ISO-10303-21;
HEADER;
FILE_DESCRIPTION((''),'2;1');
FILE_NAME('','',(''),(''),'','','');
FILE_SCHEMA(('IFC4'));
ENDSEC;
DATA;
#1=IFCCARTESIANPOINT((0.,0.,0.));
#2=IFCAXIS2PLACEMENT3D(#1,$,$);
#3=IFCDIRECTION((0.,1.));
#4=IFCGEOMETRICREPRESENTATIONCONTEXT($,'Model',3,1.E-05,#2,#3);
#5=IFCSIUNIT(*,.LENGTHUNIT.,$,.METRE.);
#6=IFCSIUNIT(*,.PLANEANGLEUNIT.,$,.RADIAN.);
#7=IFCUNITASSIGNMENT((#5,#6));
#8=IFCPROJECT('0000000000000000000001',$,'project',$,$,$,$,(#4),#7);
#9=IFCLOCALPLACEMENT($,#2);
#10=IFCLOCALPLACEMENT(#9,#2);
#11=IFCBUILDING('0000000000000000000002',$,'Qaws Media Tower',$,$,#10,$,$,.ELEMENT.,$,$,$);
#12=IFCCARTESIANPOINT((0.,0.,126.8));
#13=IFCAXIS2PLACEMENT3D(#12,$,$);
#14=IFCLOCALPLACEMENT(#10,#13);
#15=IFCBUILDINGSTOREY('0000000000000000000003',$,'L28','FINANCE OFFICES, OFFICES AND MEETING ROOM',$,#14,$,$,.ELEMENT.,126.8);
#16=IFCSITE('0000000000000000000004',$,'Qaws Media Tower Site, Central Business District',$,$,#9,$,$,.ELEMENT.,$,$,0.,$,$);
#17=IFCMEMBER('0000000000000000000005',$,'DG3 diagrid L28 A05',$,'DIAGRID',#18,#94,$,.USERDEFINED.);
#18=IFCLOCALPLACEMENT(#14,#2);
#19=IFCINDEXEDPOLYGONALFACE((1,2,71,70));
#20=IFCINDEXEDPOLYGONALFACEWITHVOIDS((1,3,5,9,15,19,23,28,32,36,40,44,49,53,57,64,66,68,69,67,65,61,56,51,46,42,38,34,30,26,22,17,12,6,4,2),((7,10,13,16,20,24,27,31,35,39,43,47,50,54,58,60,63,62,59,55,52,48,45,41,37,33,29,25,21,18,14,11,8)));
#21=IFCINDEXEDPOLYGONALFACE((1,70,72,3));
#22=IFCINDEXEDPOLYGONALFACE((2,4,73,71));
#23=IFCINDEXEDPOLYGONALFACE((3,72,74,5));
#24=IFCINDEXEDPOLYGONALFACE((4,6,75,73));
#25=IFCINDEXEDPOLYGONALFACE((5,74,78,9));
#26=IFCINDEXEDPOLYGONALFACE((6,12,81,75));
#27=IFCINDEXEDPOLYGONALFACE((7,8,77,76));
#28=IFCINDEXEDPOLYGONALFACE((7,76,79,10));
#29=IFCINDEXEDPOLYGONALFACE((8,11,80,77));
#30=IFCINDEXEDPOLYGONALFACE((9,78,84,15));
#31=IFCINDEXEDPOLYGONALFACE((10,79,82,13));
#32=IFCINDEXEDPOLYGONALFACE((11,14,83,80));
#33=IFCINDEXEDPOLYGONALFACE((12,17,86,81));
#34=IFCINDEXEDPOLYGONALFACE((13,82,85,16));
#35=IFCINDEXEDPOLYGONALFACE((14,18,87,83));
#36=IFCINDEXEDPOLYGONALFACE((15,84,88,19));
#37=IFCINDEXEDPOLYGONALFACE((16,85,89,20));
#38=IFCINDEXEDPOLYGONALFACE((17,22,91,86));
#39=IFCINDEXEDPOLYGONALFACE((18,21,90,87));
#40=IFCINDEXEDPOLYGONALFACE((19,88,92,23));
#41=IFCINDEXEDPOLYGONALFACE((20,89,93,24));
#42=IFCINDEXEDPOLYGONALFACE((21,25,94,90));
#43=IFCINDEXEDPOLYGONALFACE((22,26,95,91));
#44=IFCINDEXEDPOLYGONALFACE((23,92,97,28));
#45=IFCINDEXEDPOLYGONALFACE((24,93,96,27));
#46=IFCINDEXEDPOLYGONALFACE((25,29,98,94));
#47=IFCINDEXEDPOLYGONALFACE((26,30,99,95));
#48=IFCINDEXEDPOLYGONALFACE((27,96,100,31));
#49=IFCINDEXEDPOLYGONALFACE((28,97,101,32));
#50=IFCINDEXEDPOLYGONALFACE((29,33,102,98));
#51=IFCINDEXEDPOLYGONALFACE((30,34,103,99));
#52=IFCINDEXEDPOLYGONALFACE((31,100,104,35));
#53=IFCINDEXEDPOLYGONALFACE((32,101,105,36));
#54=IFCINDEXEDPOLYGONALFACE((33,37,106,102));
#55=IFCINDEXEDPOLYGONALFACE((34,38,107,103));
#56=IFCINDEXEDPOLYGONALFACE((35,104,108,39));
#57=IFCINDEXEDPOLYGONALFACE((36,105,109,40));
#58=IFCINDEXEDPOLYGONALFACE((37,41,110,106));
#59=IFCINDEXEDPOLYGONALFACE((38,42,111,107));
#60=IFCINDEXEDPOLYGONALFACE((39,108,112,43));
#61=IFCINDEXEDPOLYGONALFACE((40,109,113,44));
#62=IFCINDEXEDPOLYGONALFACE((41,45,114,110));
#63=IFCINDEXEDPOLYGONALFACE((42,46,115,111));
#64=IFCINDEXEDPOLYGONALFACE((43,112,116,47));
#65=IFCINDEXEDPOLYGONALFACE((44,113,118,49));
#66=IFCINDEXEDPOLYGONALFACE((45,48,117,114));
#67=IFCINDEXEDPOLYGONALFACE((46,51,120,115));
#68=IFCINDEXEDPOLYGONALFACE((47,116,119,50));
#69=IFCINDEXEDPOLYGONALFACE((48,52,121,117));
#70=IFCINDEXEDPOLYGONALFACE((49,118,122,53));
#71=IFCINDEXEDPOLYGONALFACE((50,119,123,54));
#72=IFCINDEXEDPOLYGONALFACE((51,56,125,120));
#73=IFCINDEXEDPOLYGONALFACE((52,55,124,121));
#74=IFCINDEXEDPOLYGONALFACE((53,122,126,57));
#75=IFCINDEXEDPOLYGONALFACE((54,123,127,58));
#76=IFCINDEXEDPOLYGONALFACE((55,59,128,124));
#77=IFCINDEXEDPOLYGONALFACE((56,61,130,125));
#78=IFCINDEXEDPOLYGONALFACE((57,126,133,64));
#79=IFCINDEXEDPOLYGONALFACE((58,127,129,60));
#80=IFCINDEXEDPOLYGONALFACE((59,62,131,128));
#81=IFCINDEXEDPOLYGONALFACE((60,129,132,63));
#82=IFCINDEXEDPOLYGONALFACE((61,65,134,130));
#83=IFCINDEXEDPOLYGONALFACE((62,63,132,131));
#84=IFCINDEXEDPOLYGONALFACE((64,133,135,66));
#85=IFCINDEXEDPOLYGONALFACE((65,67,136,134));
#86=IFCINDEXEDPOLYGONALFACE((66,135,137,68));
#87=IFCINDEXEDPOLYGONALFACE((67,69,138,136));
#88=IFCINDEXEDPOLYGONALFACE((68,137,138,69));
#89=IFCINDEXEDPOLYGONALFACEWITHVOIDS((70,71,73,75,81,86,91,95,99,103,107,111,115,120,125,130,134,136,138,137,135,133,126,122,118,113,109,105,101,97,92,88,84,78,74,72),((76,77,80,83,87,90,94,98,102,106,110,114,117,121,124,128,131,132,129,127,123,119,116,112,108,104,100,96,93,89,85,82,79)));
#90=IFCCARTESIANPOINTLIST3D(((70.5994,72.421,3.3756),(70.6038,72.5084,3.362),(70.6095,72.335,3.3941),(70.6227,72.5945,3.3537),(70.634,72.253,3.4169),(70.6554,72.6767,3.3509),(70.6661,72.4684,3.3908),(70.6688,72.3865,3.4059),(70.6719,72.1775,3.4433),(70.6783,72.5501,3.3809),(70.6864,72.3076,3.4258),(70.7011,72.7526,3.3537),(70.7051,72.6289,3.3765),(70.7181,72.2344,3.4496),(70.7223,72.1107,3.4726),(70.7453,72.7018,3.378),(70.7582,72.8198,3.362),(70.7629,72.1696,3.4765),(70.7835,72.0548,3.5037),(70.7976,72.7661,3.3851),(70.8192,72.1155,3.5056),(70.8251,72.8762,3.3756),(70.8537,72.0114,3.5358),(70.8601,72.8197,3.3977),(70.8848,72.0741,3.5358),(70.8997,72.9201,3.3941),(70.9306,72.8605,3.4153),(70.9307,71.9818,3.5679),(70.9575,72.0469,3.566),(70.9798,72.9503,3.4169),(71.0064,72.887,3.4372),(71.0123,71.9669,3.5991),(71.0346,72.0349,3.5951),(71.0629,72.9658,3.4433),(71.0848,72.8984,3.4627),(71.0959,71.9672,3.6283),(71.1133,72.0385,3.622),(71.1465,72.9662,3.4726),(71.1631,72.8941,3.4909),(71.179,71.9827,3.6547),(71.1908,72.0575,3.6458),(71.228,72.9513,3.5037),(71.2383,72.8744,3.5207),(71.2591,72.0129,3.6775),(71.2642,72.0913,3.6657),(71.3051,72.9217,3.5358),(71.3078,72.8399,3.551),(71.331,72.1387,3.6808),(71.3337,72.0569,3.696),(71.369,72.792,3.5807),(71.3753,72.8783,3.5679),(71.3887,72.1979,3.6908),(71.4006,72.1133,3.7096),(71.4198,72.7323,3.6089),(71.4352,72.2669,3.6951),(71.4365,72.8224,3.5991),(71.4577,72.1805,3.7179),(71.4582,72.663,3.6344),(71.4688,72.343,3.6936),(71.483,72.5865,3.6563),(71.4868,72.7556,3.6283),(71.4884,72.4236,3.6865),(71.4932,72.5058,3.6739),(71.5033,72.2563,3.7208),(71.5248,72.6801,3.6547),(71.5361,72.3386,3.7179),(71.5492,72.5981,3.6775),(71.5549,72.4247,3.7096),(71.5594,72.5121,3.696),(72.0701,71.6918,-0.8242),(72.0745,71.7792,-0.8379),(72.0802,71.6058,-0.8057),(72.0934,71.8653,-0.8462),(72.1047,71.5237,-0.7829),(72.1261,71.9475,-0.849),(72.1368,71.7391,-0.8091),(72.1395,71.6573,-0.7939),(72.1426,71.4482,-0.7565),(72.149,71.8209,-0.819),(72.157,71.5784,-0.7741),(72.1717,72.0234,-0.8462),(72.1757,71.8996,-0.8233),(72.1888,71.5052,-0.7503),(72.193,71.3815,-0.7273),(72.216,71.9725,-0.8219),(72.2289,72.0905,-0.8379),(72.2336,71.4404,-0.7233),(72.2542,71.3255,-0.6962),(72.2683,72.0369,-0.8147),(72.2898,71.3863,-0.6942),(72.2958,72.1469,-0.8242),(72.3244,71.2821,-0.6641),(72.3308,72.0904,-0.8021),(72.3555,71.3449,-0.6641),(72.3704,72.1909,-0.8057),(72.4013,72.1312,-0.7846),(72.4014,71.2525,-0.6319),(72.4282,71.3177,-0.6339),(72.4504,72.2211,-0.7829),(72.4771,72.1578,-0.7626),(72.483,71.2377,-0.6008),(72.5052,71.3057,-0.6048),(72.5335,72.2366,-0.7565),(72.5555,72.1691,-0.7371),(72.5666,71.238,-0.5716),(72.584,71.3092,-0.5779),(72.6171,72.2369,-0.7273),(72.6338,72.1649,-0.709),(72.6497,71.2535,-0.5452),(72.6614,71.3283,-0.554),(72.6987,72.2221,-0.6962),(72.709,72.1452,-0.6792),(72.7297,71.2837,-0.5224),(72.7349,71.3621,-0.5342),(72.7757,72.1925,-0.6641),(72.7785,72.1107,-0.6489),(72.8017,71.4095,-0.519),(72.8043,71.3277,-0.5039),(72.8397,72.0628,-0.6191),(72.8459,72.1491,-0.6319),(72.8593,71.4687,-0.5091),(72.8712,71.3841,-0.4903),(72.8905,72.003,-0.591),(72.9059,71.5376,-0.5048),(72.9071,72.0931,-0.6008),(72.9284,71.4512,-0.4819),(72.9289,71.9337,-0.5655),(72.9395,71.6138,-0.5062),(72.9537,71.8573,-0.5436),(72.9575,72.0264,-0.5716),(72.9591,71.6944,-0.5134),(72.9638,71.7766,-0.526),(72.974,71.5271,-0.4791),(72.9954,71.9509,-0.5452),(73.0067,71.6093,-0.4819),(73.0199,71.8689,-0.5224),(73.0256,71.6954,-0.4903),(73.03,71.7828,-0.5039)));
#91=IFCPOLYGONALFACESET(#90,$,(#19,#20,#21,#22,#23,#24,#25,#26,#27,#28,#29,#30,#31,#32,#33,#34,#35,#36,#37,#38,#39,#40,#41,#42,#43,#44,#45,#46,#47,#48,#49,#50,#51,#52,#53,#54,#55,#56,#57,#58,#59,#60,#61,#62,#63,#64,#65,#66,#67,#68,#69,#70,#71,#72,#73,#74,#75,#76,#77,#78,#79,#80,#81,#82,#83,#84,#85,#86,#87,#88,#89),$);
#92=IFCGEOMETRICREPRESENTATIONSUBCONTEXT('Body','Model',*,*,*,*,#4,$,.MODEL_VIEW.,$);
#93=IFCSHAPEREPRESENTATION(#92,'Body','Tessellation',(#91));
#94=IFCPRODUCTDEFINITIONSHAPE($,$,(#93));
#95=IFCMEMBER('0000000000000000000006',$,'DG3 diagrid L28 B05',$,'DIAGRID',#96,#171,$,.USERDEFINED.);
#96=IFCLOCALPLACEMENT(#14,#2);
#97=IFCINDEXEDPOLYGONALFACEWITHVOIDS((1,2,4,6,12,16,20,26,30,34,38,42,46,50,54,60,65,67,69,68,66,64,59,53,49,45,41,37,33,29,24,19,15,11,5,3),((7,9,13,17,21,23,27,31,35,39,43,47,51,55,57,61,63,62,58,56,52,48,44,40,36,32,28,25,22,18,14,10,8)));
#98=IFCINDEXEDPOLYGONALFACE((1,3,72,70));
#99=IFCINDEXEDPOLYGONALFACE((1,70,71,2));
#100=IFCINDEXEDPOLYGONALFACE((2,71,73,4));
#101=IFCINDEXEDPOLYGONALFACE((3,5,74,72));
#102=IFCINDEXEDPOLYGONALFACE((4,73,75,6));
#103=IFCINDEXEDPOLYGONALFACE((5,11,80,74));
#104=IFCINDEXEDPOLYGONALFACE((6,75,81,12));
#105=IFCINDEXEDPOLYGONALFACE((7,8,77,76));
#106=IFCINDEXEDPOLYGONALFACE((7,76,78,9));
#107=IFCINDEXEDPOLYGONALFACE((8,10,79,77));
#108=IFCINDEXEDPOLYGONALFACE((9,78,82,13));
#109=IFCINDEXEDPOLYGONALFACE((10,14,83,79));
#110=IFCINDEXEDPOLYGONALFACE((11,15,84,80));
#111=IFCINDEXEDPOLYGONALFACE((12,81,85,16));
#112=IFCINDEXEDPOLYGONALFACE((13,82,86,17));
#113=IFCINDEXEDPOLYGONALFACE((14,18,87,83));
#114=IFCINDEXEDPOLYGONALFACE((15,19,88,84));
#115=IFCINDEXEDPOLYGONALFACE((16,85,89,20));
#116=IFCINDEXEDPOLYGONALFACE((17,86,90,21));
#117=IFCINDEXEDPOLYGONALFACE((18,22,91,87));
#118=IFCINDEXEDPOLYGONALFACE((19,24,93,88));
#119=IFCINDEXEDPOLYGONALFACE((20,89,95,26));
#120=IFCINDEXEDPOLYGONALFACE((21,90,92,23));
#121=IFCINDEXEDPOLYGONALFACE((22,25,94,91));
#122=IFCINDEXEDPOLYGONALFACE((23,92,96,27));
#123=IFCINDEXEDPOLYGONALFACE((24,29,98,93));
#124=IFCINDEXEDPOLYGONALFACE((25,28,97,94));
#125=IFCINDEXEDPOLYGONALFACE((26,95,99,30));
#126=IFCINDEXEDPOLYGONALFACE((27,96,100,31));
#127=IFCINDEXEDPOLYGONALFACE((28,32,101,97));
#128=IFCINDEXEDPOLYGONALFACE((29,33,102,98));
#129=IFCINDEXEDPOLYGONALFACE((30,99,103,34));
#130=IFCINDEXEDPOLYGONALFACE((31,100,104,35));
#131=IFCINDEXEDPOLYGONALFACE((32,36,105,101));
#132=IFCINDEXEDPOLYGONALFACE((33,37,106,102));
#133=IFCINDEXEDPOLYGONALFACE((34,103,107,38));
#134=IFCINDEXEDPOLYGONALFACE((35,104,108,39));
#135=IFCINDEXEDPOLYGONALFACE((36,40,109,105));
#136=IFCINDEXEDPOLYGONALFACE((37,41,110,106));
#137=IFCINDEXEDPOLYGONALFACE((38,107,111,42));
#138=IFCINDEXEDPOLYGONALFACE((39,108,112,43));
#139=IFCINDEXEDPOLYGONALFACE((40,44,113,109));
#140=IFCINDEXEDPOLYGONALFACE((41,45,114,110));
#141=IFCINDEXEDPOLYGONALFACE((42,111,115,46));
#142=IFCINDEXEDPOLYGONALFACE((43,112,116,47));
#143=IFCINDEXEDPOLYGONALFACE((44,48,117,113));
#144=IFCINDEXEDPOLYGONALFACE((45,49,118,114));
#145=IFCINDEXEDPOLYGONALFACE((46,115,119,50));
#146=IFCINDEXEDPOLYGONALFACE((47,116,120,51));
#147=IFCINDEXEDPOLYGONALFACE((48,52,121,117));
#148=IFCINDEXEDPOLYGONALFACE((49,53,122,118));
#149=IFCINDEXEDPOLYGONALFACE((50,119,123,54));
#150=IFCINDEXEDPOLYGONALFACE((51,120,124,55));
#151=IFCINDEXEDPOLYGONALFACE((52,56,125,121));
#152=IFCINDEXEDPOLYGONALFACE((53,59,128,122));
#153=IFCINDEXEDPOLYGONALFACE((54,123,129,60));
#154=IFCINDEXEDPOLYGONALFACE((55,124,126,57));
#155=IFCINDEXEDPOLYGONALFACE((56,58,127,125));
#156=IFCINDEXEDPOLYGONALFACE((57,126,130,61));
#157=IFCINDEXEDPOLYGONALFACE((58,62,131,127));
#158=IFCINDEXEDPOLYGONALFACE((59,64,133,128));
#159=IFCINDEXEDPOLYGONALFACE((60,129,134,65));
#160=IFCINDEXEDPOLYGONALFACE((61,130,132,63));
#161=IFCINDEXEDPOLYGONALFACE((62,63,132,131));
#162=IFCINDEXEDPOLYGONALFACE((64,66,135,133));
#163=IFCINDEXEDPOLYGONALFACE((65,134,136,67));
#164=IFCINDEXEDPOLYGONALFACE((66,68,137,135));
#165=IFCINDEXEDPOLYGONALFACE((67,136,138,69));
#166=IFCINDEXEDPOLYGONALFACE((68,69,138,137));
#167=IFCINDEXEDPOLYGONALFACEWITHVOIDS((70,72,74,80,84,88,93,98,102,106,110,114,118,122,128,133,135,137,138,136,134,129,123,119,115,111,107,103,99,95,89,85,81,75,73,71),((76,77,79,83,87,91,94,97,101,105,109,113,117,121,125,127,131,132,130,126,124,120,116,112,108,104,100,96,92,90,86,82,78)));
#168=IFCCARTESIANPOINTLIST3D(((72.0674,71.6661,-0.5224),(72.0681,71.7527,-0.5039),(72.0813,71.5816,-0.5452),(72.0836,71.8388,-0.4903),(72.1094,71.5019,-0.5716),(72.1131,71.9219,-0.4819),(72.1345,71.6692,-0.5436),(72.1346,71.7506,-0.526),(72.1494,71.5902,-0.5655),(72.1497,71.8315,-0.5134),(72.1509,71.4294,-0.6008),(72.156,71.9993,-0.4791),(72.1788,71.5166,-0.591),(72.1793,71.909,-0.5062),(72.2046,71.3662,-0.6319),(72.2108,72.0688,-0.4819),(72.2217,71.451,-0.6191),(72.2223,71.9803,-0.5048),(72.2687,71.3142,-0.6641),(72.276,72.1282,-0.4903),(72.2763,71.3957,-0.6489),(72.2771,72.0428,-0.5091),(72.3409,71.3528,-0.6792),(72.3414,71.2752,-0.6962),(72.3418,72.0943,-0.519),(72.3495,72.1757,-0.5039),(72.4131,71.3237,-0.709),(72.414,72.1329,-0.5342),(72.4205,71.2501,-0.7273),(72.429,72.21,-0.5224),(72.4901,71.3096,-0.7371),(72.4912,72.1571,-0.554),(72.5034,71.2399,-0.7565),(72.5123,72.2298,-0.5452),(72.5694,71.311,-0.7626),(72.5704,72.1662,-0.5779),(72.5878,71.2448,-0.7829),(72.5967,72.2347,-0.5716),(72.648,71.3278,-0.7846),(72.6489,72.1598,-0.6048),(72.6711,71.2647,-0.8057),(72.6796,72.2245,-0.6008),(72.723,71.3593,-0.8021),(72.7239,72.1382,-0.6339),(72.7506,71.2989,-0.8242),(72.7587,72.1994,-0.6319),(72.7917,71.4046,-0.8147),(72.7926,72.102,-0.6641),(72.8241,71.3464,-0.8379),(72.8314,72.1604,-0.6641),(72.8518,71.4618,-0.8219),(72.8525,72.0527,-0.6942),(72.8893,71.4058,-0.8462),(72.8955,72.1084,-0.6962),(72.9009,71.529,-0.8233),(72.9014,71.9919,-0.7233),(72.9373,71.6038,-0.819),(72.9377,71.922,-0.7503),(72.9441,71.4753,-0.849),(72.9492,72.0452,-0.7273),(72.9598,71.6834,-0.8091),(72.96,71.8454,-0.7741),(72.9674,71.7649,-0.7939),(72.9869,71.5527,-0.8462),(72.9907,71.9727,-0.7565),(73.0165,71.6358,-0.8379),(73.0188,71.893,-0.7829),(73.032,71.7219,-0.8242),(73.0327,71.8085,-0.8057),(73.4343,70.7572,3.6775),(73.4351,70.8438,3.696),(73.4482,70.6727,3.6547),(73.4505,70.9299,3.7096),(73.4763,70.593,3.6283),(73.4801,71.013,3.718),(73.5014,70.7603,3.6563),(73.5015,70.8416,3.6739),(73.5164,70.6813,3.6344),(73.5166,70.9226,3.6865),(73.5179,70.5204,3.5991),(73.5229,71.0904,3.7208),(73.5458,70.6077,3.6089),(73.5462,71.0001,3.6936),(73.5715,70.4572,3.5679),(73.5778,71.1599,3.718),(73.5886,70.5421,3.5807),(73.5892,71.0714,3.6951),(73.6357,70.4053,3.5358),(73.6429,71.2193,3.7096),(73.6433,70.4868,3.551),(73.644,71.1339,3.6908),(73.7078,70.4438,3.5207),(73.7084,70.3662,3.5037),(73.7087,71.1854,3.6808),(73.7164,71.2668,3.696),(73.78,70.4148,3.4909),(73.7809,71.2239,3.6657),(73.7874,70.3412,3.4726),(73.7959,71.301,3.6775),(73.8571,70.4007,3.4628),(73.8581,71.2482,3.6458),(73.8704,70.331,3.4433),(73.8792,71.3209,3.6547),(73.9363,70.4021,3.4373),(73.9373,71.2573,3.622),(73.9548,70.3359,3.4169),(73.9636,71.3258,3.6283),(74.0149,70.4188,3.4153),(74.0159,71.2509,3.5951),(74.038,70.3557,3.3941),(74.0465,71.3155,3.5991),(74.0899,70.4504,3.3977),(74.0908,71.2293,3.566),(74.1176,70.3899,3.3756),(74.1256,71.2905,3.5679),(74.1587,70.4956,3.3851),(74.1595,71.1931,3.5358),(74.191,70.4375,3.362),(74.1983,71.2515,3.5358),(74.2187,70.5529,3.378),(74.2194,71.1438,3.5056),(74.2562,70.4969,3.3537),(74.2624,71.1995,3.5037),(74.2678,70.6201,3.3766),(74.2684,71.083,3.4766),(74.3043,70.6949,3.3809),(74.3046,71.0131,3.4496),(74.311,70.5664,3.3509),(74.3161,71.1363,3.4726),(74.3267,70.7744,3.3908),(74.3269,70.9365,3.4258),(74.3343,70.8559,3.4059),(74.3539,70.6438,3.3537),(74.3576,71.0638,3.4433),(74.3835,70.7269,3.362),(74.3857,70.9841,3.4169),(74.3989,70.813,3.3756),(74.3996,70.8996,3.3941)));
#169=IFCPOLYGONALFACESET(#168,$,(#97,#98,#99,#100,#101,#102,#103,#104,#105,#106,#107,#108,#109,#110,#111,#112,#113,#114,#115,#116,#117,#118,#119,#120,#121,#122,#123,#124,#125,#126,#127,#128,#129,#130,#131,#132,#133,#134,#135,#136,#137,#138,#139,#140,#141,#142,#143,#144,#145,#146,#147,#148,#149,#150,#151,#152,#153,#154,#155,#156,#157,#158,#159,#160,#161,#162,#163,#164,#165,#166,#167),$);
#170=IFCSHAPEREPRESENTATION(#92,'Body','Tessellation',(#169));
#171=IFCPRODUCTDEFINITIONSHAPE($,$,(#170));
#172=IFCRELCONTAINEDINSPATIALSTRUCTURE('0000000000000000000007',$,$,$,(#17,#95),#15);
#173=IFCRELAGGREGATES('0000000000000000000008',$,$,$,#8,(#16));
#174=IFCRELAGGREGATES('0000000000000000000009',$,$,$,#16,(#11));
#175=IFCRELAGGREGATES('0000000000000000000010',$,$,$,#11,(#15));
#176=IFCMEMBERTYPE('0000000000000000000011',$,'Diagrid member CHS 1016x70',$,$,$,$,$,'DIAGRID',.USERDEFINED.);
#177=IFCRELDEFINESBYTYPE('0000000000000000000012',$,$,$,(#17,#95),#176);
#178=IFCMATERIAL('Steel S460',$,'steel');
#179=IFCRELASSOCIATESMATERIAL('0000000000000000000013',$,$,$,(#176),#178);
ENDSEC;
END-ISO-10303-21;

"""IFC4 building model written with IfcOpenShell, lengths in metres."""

from ifc_helpers import new_model, si_unit, direction, frame, origin, origin_2d, place, context, subcontext, project, spatial, hollow_circle, extrude, material, material_profile, profile_set, type_object, element, save


model = new_model("IFC4")

# Units and contexts
model_context = context("Model", 3, precision=1e-05, world=origin(), true_north=direction((0.0, 1.0)))
body_context = subcontext(model_context, "Body", "Model", "MODEL_VIEW")
ifc_project = project(units=[si_unit("LENGTHUNIT", "METRE"), si_unit("PLANEANGLEUNIT", "RADIAN")], contexts=[model_context])

# Site, building, storey
site_placement = place(None, origin())
site = spatial("IfcSite", under=ifc_project, at=site_placement, Name="Qaws Media Tower Site, Central Business District", CompositionType="ELEMENT", RefElevation=0.0)
building_placement = place(site_placement, origin())
building = spatial("IfcBuilding", under=site, at=building_placement, Name="Qaws Media Tower", CompositionType="ELEMENT")
storey_placement = place(building_placement, frame((0.0, 0.0, 126.8)))
storey = spatial("IfcBuildingStorey", under=building, at=storey_placement, Name="L28", Description="FINANCE OFFICES, OFFICES AND MEETING ROOM", CompositionType="ELEMENT", Elevation=126.8)

# Members
ifc_material_1 = material(Name="Steel S460", Category="steel")
ifc_material_profile_1 = material_profile(ifc_material_1, hollow_circle(Radius=0.5081, WallThickness=0.0701, at=origin_2d()), Name="CHS 1016x70")
ifc_profile_set_1 = profile_set([ifc_material_profile_1], Name="Steel S460")
member_type_1 = type_object("IfcMemberType", Name="Diagrid member CHS 1016x70", ElementType="DIAGRID", PredefinedType="USERDEFINED", material=ifc_profile_set_1)
for number, where, z_axis, x_axis, name in (
    (1, (72.55, 71.7373, -0.6641), (-0.326144, 0.161719, 0.931384), (-0.444237, -0.895909, 0.0), "DG3 diagrid L28 A05"),
    (2, (72.55, 71.7373, -0.6641), (0.303135, -0.201567, 0.931386), (0.553704, 0.832713, 0.0), "DG3 diagrid L28 B05"),
):
    element("IfcMember", number, at=place(storey_placement, frame(where, z_axis=z_axis, x_axis=x_axis)), inside=storey, type_object=member_type_1, Name=name, ObjectType="DIAGRID", PredefinedType="USERDEFINED", context=body_context, shape_type="SweptSolid", body=[
        extrude(hollow_circle(Radius=0.5081, WallThickness=0.0701, at=origin_2d()), origin(), (0.0, 0.0, 1.0), 4.5093),
    ])

save(model, "model.ifc")
